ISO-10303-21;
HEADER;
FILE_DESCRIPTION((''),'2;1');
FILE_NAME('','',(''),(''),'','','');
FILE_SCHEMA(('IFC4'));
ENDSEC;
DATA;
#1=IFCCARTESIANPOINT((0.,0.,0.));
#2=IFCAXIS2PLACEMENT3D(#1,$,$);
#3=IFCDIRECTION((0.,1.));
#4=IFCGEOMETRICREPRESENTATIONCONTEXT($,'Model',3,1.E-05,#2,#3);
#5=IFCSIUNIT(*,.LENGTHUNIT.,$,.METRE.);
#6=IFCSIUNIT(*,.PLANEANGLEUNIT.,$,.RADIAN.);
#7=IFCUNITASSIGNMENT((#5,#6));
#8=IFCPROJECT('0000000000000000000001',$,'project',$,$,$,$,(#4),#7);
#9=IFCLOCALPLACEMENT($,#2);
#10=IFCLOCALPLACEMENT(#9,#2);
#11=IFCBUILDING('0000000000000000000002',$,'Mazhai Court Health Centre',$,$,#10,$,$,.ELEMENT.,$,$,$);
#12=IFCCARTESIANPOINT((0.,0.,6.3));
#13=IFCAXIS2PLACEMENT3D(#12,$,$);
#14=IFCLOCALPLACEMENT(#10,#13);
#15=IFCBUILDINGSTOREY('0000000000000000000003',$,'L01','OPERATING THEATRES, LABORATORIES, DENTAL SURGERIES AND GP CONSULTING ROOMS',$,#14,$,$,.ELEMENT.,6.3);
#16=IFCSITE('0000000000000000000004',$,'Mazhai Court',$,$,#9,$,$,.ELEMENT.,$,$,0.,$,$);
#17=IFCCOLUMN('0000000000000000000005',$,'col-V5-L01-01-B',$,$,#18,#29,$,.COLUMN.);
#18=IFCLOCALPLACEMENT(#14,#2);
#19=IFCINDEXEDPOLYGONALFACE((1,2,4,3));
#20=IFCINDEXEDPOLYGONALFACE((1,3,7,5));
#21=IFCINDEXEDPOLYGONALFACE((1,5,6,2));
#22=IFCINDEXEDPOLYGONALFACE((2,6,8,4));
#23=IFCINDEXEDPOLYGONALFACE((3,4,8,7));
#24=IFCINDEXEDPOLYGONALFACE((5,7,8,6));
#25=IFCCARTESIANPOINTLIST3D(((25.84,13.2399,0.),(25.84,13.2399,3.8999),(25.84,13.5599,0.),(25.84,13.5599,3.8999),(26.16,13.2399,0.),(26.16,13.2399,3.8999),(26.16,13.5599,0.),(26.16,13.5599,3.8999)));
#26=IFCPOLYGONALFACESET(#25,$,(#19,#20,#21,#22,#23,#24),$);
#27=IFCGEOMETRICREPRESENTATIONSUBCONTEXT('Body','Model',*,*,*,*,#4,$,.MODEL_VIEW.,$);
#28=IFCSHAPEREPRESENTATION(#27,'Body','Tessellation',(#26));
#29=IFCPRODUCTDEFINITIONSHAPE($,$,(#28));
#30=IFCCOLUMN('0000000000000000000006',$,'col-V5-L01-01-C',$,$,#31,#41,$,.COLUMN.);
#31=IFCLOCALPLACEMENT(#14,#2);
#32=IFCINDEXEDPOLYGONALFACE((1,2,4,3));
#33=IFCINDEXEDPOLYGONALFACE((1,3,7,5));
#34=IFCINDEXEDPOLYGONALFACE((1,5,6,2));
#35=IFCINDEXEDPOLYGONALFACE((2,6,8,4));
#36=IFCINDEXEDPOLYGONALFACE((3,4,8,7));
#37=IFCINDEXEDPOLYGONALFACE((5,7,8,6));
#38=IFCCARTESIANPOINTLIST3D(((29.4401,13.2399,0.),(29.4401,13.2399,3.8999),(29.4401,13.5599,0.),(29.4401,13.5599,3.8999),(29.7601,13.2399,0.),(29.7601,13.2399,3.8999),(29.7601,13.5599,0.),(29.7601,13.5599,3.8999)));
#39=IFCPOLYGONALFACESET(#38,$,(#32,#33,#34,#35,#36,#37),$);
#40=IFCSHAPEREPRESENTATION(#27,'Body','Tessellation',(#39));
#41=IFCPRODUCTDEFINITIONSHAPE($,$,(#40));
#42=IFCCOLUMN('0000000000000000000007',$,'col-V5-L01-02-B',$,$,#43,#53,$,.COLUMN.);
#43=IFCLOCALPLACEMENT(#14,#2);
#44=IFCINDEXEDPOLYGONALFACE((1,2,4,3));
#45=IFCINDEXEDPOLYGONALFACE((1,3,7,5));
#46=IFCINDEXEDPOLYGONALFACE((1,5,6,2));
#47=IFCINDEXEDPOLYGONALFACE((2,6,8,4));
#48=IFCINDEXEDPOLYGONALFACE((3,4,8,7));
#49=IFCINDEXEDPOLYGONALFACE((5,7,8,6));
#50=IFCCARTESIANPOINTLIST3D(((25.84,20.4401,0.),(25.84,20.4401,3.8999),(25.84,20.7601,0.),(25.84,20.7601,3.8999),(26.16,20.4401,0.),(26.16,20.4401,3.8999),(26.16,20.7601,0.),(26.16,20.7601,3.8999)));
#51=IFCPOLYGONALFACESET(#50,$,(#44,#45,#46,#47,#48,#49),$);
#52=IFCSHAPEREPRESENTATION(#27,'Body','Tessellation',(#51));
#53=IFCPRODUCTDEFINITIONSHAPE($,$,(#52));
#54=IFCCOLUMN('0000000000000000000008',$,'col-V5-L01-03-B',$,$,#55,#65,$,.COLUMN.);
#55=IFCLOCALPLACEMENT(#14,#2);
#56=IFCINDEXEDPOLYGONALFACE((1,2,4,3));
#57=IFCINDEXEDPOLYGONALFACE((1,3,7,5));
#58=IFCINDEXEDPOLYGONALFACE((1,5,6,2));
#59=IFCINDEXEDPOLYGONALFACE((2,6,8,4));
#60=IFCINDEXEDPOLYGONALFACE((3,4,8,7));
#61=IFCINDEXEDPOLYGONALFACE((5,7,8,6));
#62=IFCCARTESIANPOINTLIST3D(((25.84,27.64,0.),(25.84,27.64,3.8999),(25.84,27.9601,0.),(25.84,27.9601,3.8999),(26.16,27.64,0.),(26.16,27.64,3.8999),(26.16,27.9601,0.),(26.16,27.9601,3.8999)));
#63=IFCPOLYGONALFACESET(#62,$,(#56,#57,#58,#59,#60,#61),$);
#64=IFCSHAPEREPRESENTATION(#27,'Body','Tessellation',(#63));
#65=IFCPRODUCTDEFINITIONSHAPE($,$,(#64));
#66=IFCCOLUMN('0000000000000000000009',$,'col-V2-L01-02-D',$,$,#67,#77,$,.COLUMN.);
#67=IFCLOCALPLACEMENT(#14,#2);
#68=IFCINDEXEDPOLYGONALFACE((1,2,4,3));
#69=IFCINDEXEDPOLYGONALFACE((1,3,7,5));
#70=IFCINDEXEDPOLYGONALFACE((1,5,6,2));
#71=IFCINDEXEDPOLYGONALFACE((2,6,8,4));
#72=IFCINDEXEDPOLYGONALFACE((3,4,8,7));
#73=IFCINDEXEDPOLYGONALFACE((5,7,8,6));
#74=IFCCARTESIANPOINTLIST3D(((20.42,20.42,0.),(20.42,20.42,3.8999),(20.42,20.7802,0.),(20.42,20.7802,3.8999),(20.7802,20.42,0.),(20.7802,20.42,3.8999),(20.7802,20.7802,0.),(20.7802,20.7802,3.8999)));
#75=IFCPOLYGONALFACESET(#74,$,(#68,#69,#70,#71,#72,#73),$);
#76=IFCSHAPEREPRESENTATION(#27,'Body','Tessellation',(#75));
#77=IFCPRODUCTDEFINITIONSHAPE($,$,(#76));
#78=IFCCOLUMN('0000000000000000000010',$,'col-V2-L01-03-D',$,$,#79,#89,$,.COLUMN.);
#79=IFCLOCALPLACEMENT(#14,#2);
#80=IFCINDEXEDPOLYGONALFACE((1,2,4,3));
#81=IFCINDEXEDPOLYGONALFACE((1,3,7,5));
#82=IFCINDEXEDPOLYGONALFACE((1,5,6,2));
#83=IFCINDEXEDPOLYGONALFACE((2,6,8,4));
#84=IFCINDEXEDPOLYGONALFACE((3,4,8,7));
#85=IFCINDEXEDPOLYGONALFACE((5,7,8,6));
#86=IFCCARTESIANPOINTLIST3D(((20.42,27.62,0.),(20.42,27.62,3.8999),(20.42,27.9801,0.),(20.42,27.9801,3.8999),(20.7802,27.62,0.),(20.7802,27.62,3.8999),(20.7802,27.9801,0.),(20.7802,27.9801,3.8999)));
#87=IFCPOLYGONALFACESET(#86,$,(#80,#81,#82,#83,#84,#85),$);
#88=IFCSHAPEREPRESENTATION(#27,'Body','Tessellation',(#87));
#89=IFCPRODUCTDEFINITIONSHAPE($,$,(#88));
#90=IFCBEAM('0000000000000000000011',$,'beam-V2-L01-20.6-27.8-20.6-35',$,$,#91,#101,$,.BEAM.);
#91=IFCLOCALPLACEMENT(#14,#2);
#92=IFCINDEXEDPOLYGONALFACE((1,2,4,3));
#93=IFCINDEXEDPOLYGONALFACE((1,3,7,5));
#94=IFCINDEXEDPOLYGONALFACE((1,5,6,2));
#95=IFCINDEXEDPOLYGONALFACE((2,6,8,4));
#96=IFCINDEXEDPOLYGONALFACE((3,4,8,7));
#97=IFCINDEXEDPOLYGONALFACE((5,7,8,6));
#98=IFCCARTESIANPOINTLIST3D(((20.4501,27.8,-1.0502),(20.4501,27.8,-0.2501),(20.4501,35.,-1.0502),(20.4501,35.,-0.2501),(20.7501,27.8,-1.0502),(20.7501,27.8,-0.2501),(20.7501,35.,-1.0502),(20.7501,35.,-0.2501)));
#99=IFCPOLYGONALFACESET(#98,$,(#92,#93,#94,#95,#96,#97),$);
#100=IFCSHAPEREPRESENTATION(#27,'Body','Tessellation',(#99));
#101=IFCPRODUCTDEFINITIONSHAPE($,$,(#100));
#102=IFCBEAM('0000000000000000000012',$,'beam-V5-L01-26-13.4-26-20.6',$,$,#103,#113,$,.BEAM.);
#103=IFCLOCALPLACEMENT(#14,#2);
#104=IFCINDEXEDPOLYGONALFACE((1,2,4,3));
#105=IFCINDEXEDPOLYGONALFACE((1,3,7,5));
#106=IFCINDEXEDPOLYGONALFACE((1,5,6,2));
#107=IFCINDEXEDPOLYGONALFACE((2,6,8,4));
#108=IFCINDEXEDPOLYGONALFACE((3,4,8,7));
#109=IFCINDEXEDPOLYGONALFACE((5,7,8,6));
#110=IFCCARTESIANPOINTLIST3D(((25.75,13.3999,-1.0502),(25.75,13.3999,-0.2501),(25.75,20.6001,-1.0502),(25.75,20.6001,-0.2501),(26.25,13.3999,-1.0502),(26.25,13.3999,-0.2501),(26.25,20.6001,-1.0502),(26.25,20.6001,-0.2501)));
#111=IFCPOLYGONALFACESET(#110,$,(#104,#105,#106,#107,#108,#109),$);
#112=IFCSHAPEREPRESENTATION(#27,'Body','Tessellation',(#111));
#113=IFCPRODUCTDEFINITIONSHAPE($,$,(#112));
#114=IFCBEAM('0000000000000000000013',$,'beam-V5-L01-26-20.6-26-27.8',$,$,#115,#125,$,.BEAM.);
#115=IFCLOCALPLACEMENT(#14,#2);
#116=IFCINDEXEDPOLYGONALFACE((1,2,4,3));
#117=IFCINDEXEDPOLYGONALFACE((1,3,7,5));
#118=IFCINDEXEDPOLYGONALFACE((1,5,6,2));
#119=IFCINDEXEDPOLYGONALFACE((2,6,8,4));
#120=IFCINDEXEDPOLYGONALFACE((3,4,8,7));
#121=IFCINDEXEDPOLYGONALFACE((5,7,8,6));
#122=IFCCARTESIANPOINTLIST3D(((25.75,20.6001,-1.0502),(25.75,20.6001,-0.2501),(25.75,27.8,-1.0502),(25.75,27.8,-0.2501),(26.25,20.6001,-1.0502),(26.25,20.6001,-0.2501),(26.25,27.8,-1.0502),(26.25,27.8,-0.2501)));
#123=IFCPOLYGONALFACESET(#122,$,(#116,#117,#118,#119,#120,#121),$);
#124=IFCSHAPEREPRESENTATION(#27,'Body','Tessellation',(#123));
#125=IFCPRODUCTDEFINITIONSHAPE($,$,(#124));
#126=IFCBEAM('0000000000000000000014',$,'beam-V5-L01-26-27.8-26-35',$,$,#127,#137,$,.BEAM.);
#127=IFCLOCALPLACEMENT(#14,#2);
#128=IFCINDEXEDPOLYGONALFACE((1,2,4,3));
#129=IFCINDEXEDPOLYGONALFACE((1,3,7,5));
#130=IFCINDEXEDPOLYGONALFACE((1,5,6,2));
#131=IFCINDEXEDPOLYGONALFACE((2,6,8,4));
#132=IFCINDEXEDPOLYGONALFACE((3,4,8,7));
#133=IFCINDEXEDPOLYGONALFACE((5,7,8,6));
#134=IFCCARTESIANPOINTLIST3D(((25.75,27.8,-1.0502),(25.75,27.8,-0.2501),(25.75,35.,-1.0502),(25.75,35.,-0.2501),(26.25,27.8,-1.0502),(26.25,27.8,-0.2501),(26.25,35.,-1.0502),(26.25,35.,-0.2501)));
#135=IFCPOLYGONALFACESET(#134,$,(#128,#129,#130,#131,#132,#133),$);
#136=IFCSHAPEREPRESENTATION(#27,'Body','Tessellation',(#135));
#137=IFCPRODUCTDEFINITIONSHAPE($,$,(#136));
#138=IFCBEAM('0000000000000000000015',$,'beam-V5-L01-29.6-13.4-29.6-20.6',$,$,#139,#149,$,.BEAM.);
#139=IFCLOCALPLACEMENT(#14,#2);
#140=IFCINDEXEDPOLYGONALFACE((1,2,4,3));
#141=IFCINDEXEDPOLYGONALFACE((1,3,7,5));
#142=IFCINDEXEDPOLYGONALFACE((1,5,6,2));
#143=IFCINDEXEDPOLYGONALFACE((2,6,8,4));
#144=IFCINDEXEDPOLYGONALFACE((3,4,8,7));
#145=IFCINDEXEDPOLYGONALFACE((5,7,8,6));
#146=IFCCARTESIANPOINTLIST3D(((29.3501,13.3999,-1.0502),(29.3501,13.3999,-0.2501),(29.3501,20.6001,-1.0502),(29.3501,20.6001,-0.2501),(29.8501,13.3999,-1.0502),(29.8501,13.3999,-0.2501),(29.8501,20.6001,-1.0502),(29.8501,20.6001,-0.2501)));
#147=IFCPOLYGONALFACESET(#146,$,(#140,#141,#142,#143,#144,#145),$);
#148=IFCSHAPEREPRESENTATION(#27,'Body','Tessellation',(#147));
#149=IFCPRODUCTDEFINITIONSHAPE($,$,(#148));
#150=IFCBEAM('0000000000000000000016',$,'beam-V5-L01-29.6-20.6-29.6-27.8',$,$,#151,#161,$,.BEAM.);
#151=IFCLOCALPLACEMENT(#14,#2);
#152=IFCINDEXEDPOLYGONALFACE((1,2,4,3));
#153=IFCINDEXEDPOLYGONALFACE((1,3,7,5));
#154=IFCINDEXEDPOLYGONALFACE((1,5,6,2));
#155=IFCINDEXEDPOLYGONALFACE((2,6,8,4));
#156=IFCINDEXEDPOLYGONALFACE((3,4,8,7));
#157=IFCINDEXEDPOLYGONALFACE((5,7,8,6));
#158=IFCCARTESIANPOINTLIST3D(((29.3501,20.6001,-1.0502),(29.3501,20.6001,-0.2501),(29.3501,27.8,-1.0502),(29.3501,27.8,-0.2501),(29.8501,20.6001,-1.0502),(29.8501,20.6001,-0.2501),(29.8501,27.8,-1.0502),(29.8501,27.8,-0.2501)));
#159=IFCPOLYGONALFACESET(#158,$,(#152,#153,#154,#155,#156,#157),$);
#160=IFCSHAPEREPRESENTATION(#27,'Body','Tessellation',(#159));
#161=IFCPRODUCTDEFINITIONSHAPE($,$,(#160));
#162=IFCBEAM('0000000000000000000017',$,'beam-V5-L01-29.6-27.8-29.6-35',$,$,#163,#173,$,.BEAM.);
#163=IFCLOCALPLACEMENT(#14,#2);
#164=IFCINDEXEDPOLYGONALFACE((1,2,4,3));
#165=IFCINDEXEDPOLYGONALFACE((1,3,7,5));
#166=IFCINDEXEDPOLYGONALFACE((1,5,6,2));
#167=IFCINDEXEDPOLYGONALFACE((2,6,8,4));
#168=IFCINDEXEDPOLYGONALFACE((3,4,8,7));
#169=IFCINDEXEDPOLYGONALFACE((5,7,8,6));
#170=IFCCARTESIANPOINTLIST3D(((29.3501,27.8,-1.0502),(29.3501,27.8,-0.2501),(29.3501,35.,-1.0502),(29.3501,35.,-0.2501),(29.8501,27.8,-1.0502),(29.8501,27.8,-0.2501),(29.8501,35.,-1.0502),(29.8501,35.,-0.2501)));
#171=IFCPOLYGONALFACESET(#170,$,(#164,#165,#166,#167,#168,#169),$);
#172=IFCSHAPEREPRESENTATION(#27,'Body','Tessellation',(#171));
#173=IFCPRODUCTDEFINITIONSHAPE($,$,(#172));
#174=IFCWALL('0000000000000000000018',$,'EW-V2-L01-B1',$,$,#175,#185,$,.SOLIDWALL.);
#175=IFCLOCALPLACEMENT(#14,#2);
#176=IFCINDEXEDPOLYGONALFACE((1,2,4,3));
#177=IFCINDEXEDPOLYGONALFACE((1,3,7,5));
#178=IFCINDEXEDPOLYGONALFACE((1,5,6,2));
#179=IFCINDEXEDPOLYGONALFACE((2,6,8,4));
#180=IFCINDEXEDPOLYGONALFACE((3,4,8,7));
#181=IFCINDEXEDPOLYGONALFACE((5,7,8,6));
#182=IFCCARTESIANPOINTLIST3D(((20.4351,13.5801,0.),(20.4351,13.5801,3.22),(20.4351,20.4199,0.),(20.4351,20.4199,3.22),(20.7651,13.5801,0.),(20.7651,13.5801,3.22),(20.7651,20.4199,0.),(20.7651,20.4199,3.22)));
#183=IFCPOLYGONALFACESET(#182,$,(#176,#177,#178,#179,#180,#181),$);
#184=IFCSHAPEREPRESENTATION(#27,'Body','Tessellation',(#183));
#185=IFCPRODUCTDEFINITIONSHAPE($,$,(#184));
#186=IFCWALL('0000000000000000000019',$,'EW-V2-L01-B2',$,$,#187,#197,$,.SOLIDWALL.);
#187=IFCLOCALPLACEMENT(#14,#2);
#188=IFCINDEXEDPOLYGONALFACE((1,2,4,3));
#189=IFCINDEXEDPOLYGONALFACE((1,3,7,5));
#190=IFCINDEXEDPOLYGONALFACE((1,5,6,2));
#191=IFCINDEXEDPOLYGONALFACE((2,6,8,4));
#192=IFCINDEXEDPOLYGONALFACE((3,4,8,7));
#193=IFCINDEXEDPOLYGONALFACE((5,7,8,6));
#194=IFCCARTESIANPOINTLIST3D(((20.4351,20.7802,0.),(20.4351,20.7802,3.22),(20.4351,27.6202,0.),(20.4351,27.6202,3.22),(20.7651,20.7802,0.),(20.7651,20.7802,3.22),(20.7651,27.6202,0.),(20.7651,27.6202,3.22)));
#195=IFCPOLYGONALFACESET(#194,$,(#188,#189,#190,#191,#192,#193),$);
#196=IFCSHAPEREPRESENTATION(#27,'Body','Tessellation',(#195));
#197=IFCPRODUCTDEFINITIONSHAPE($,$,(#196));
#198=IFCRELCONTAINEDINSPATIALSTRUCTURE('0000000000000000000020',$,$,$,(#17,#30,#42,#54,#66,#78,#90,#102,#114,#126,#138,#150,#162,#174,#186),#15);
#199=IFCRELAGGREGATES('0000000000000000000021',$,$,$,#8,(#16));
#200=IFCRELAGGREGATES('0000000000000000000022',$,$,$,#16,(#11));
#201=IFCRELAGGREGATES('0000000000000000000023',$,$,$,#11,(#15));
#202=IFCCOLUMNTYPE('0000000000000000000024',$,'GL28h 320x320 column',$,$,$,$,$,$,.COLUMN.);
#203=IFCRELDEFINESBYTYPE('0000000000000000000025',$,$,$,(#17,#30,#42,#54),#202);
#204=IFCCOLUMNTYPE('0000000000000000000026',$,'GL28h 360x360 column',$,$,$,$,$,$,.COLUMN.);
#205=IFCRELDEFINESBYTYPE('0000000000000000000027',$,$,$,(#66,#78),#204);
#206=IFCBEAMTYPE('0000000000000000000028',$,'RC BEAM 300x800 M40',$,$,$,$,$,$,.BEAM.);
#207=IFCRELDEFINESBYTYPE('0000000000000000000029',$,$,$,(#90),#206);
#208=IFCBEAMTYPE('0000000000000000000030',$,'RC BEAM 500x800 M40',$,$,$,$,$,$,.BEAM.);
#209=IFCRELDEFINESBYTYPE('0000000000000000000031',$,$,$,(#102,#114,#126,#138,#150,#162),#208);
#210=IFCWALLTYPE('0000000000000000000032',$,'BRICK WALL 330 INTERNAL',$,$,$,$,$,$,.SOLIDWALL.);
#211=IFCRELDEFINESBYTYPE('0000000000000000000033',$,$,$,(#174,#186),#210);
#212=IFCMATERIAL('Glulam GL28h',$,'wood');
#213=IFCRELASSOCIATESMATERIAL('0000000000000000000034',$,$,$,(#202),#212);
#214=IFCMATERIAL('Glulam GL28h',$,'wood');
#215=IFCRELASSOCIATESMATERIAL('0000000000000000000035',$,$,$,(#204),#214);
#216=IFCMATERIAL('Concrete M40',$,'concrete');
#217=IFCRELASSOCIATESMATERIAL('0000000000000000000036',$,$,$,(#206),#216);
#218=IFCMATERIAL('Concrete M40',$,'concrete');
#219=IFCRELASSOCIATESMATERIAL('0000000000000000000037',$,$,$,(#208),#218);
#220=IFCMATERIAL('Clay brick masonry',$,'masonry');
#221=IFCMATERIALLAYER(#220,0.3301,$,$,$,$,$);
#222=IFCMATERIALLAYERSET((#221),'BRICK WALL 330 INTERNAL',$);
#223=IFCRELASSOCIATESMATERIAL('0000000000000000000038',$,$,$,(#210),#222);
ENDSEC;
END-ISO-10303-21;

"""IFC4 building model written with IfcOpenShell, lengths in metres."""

from ifc_helpers import new_model, si_unit, direction, frame, frame_2d, origin, origin_2d, place, context, subcontext, project, spatial, rectangle, extrude, material, layer, layer_set, material_profile, profile_set, type_object, element, save


model = new_model("IFC4")

# Units and contexts
model_context = context("Model", 3, precision=1e-05, world=origin(), true_north=direction((0.0, 1.0)))
body_context = subcontext(model_context, "Body", "Model", "MODEL_VIEW")
ifc_project = project(units=[si_unit("LENGTHUNIT", "METRE"), si_unit("PLANEANGLEUNIT", "RADIAN")], contexts=[model_context])

# Site, building, storey
site_placement = place(None, origin())
site = spatial("IfcSite", under=ifc_project, at=site_placement, Name="Mazhai Court", CompositionType="ELEMENT", RefElevation=0.0)
building_placement = place(site_placement, origin())
building = spatial("IfcBuilding", under=site, at=building_placement, Name="Mazhai Court Health Centre", CompositionType="ELEMENT")
storey_placement = place(building_placement, frame((0.0, 0.0, 6.3)))
storey = spatial("IfcBuildingStorey", under=building, at=storey_placement, Name="L01", Description="OPERATING THEATRES, LABORATORIES, DENTAL SURGERIES AND GP CONSULTING ROOMS", CompositionType="ELEMENT", Elevation=6.3)

# Columns
ifc_material_1 = material(Name="Glulam GL28h", Category="wood")
ifc_material_profile_1 = material_profile(ifc_material_1, rectangle(XDim=0.3201, YDim=0.3201, at=origin_2d()), Name="GL28h 320x320")
ifc_profile_set_1 = profile_set([ifc_material_profile_1], Name="Glulam GL28h")
column_type_1 = type_object("IfcColumnType", Name="GL28h 320x320 column", PredefinedType="COLUMN", material=ifc_profile_set_1)
for number, where, z_axis, x_axis, name in (
    (1, (26.0, 13.3999, 0.0), (0.0, 0.0, 1.0), (1.0, 0.0, 0.0), "col-V5-L01-01-B"),
    (2, (29.6001, 13.3999, 0.0), (0.0, 0.0, 1.0), (1.0, 0.0, 0.0), "col-V5-L01-01-C"),
    (3, (26.0, 20.6001, 0.0), (0.0, 0.0, 1.0), (1.0, 0.0, 0.0), "col-V5-L01-02-B"),
    (4, (26.0, 27.8, 0.0), (0.0, 0.0, 1.0), (1.0, 0.0, 0.0), "col-V5-L01-03-B"),
):
    element("IfcColumn", number, at=place(storey_placement, frame(where, z_axis=z_axis, x_axis=x_axis)), inside=storey, type_object=column_type_1, Name=name, PredefinedType="COLUMN", context=body_context, shape_type="SweptSolid", body=[
        extrude(rectangle(XDim=0.3201, YDim=0.3201, at=origin_2d()), origin(), (0.0, 0.0, 1.0), 3.8999),
    ])
ifc_material_2 = material(Name="Glulam GL28h", Category="wood")
ifc_material_profile_2 = material_profile(ifc_material_2, rectangle(XDim=0.3601, YDim=0.3601, at=origin_2d()), Name="GL28h 360x360")
ifc_profile_set_2 = profile_set([ifc_material_profile_2], Name="Glulam GL28h")
column_type_2 = type_object("IfcColumnType", Name="GL28h 360x360 column", PredefinedType="COLUMN", material=ifc_profile_set_2)
for number, where, z_axis, x_axis, name in (
    (5, (20.6001, 20.6001, 0.0), (0.0, 0.0, 1.0), (1.0, 0.0, 0.0), "col-V2-L01-02-D"),
    (6, (20.6001, 27.8, 0.0), (0.0, 0.0, 1.0), (1.0, 0.0, 0.0), "col-V2-L01-03-D"),
):
    element("IfcColumn", number, at=place(storey_placement, frame(where, z_axis=z_axis, x_axis=x_axis)), inside=storey, type_object=column_type_2, Name=name, PredefinedType="COLUMN", context=body_context, shape_type="SweptSolid", body=[
        extrude(rectangle(XDim=0.3601, YDim=0.3601, at=origin_2d()), origin(), (0.0, 0.0, 1.0), 3.8999),
    ])

# Beams
ifc_material_3 = material(Name="Concrete M40", Category="concrete")
ifc_material_profile_3 = material_profile(ifc_material_3, rectangle(XDim=0.3, YDim=0.8, at=origin_2d()), Name="RC 300x800")
ifc_profile_set_3 = profile_set([ifc_material_profile_3], Name="Concrete M40")
beam_type_1 = type_object("IfcBeamType", Name="RC BEAM 300x800 M40", PredefinedType="BEAM", material=ifc_profile_set_3)
beam_1_placement = place(storey_placement, frame((20.6001, 27.8, -0.6501), z_axis=(0.0, 1.0, 0.0), x_axis=(-1.0, 0.0, 0.0)))
element("IfcBeam", 7, at=beam_1_placement, inside=storey, type_object=beam_type_1, Name="beam-V2-L01-20.6-27.8-20.6-35", PredefinedType="BEAM", context=body_context, shape_type="SweptSolid", body=[
    extrude(rectangle(XDim=0.3, YDim=0.8, at=origin_2d()), origin(), (0.0, 0.0, 1.0), 7.2),
])
ifc_material_4 = material(Name="Concrete M40", Category="concrete")
ifc_material_profile_4 = material_profile(ifc_material_4, rectangle(XDim=0.5, YDim=0.8, at=origin_2d()), Name="RC 500x800")
ifc_profile_set_4 = profile_set([ifc_material_profile_4], Name="Concrete M40")
beam_type_2 = type_object("IfcBeamType", Name="RC BEAM 500x800 M40", PredefinedType="BEAM", material=ifc_profile_set_4)
beam_2_placement = place(storey_placement, frame((26.0, 13.3999, -0.6501), z_axis=(0.0, 1.0, 0.0), x_axis=(-1.0, 0.0, 0.0)))
element("IfcBeam", 8, at=beam_2_placement, inside=storey, type_object=beam_type_2, Name="beam-V5-L01-26-13.4-26-20.6", PredefinedType="BEAM", context=body_context, shape_type="SweptSolid", body=[
    extrude(rectangle(XDim=0.5, YDim=0.8, at=origin_2d()), origin(), (0.0, 0.0, 1.0), 7.2002),
])
for number, where, z_axis, x_axis, name in (
    (9, (26.0, 20.6001, -0.6501), (0.0, 1.0, 0.0), (-1.0, 0.0, 0.0), "beam-V5-L01-26-20.6-26-27.8"),
    (10, (26.0, 27.8, -0.6501), (0.0, 1.0, 0.0), (-1.0, 0.0, 0.0), "beam-V5-L01-26-27.8-26-35"),
):
    element("IfcBeam", number, at=place(storey_placement, frame(where, z_axis=z_axis, x_axis=x_axis)), inside=storey, type_object=beam_type_2, Name=name, PredefinedType="BEAM", context=body_context, shape_type="SweptSolid", body=[
        extrude(rectangle(XDim=0.5, YDim=0.8, at=origin_2d()), origin(), (0.0, 0.0, 1.0), 7.2),
    ])
beam_3_placement = place(storey_placement, frame((29.6001, 13.3999, -0.6501), z_axis=(0.0, 1.0, 0.0), x_axis=(-1.0, 0.0, 0.0)))
element("IfcBeam", 11, at=beam_3_placement, inside=storey, type_object=beam_type_2, Name="beam-V5-L01-29.6-13.4-29.6-20.6", PredefinedType="BEAM", context=body_context, shape_type="SweptSolid", body=[
    extrude(rectangle(XDim=0.5, YDim=0.8, at=origin_2d()), origin(), (0.0, 0.0, 1.0), 7.2002),
])
for number, where, z_axis, x_axis, name in (
    (12, (29.6001, 20.6001, -0.6501), (0.0, 1.0, 0.0), (-1.0, 0.0, 0.0), "beam-V5-L01-29.6-20.6-29.6-27.8"),
    (13, (29.6001, 27.8, -0.6501), (0.0, 1.0, 0.0), (-1.0, 0.0, 0.0), "beam-V5-L01-29.6-27.8-29.6-35"),
):
    element("IfcBeam", number, at=place(storey_placement, frame(where, z_axis=z_axis, x_axis=x_axis)), inside=storey, type_object=beam_type_2, Name=name, PredefinedType="BEAM", context=body_context, shape_type="SweptSolid", body=[
        extrude(rectangle(XDim=0.5, YDim=0.8, at=origin_2d()), origin(), (0.0, 0.0, 1.0), 7.2),
    ])

# Walls
ifc_material_5 = material(Name="Clay brick masonry", Category="masonry")
ifc_layer_1 = layer(ifc_material_5, 0.3301)
ifc_layer_set_1 = layer_set([ifc_layer_1], Name="BRICK WALL 330 INTERNAL")
wall_type_1 = type_object("IfcWallType", Name="BRICK WALL 330 INTERNAL", PredefinedType="SOLIDWALL", material=ifc_layer_set_1)
wall_1_placement = place(storey_placement, frame((20.6001, 20.4199, 0.0), z_axis=(0.0, 0.0, 1.0), x_axis=(0.0, -1.0, 0.0)))
element("IfcWall", 14, at=wall_1_placement, inside=storey, type_object=wall_type_1, Name="EW-V2-L01-B1", PredefinedType="SOLIDWALL", context=body_context, shape_type="SweptSolid", body=[
    extrude(rectangle(XDim=6.8398, YDim=0.3301, at=frame_2d((3.4199, 0.0))), origin(), (0.0, 0.0, 1.0), 3.22),
])
wall_2_placement = place(storey_placement, frame((20.6001, 27.6201, 0.0), z_axis=(0.0, 0.0, 1.0), x_axis=(0.0, -1.0, 0.0)))
element("IfcWall", 15, at=wall_2_placement, inside=storey, type_object=wall_type_1, Name="EW-V2-L01-B2", PredefinedType="SOLIDWALL", context=body_context, shape_type="SweptSolid", body=[
    extrude(rectangle(XDim=6.8401, YDim=0.3301, at=frame_2d((3.4199, 0.0))), origin(), (0.0, 0.0, 1.0), 3.22),
])

save(model, "model.ifc")
